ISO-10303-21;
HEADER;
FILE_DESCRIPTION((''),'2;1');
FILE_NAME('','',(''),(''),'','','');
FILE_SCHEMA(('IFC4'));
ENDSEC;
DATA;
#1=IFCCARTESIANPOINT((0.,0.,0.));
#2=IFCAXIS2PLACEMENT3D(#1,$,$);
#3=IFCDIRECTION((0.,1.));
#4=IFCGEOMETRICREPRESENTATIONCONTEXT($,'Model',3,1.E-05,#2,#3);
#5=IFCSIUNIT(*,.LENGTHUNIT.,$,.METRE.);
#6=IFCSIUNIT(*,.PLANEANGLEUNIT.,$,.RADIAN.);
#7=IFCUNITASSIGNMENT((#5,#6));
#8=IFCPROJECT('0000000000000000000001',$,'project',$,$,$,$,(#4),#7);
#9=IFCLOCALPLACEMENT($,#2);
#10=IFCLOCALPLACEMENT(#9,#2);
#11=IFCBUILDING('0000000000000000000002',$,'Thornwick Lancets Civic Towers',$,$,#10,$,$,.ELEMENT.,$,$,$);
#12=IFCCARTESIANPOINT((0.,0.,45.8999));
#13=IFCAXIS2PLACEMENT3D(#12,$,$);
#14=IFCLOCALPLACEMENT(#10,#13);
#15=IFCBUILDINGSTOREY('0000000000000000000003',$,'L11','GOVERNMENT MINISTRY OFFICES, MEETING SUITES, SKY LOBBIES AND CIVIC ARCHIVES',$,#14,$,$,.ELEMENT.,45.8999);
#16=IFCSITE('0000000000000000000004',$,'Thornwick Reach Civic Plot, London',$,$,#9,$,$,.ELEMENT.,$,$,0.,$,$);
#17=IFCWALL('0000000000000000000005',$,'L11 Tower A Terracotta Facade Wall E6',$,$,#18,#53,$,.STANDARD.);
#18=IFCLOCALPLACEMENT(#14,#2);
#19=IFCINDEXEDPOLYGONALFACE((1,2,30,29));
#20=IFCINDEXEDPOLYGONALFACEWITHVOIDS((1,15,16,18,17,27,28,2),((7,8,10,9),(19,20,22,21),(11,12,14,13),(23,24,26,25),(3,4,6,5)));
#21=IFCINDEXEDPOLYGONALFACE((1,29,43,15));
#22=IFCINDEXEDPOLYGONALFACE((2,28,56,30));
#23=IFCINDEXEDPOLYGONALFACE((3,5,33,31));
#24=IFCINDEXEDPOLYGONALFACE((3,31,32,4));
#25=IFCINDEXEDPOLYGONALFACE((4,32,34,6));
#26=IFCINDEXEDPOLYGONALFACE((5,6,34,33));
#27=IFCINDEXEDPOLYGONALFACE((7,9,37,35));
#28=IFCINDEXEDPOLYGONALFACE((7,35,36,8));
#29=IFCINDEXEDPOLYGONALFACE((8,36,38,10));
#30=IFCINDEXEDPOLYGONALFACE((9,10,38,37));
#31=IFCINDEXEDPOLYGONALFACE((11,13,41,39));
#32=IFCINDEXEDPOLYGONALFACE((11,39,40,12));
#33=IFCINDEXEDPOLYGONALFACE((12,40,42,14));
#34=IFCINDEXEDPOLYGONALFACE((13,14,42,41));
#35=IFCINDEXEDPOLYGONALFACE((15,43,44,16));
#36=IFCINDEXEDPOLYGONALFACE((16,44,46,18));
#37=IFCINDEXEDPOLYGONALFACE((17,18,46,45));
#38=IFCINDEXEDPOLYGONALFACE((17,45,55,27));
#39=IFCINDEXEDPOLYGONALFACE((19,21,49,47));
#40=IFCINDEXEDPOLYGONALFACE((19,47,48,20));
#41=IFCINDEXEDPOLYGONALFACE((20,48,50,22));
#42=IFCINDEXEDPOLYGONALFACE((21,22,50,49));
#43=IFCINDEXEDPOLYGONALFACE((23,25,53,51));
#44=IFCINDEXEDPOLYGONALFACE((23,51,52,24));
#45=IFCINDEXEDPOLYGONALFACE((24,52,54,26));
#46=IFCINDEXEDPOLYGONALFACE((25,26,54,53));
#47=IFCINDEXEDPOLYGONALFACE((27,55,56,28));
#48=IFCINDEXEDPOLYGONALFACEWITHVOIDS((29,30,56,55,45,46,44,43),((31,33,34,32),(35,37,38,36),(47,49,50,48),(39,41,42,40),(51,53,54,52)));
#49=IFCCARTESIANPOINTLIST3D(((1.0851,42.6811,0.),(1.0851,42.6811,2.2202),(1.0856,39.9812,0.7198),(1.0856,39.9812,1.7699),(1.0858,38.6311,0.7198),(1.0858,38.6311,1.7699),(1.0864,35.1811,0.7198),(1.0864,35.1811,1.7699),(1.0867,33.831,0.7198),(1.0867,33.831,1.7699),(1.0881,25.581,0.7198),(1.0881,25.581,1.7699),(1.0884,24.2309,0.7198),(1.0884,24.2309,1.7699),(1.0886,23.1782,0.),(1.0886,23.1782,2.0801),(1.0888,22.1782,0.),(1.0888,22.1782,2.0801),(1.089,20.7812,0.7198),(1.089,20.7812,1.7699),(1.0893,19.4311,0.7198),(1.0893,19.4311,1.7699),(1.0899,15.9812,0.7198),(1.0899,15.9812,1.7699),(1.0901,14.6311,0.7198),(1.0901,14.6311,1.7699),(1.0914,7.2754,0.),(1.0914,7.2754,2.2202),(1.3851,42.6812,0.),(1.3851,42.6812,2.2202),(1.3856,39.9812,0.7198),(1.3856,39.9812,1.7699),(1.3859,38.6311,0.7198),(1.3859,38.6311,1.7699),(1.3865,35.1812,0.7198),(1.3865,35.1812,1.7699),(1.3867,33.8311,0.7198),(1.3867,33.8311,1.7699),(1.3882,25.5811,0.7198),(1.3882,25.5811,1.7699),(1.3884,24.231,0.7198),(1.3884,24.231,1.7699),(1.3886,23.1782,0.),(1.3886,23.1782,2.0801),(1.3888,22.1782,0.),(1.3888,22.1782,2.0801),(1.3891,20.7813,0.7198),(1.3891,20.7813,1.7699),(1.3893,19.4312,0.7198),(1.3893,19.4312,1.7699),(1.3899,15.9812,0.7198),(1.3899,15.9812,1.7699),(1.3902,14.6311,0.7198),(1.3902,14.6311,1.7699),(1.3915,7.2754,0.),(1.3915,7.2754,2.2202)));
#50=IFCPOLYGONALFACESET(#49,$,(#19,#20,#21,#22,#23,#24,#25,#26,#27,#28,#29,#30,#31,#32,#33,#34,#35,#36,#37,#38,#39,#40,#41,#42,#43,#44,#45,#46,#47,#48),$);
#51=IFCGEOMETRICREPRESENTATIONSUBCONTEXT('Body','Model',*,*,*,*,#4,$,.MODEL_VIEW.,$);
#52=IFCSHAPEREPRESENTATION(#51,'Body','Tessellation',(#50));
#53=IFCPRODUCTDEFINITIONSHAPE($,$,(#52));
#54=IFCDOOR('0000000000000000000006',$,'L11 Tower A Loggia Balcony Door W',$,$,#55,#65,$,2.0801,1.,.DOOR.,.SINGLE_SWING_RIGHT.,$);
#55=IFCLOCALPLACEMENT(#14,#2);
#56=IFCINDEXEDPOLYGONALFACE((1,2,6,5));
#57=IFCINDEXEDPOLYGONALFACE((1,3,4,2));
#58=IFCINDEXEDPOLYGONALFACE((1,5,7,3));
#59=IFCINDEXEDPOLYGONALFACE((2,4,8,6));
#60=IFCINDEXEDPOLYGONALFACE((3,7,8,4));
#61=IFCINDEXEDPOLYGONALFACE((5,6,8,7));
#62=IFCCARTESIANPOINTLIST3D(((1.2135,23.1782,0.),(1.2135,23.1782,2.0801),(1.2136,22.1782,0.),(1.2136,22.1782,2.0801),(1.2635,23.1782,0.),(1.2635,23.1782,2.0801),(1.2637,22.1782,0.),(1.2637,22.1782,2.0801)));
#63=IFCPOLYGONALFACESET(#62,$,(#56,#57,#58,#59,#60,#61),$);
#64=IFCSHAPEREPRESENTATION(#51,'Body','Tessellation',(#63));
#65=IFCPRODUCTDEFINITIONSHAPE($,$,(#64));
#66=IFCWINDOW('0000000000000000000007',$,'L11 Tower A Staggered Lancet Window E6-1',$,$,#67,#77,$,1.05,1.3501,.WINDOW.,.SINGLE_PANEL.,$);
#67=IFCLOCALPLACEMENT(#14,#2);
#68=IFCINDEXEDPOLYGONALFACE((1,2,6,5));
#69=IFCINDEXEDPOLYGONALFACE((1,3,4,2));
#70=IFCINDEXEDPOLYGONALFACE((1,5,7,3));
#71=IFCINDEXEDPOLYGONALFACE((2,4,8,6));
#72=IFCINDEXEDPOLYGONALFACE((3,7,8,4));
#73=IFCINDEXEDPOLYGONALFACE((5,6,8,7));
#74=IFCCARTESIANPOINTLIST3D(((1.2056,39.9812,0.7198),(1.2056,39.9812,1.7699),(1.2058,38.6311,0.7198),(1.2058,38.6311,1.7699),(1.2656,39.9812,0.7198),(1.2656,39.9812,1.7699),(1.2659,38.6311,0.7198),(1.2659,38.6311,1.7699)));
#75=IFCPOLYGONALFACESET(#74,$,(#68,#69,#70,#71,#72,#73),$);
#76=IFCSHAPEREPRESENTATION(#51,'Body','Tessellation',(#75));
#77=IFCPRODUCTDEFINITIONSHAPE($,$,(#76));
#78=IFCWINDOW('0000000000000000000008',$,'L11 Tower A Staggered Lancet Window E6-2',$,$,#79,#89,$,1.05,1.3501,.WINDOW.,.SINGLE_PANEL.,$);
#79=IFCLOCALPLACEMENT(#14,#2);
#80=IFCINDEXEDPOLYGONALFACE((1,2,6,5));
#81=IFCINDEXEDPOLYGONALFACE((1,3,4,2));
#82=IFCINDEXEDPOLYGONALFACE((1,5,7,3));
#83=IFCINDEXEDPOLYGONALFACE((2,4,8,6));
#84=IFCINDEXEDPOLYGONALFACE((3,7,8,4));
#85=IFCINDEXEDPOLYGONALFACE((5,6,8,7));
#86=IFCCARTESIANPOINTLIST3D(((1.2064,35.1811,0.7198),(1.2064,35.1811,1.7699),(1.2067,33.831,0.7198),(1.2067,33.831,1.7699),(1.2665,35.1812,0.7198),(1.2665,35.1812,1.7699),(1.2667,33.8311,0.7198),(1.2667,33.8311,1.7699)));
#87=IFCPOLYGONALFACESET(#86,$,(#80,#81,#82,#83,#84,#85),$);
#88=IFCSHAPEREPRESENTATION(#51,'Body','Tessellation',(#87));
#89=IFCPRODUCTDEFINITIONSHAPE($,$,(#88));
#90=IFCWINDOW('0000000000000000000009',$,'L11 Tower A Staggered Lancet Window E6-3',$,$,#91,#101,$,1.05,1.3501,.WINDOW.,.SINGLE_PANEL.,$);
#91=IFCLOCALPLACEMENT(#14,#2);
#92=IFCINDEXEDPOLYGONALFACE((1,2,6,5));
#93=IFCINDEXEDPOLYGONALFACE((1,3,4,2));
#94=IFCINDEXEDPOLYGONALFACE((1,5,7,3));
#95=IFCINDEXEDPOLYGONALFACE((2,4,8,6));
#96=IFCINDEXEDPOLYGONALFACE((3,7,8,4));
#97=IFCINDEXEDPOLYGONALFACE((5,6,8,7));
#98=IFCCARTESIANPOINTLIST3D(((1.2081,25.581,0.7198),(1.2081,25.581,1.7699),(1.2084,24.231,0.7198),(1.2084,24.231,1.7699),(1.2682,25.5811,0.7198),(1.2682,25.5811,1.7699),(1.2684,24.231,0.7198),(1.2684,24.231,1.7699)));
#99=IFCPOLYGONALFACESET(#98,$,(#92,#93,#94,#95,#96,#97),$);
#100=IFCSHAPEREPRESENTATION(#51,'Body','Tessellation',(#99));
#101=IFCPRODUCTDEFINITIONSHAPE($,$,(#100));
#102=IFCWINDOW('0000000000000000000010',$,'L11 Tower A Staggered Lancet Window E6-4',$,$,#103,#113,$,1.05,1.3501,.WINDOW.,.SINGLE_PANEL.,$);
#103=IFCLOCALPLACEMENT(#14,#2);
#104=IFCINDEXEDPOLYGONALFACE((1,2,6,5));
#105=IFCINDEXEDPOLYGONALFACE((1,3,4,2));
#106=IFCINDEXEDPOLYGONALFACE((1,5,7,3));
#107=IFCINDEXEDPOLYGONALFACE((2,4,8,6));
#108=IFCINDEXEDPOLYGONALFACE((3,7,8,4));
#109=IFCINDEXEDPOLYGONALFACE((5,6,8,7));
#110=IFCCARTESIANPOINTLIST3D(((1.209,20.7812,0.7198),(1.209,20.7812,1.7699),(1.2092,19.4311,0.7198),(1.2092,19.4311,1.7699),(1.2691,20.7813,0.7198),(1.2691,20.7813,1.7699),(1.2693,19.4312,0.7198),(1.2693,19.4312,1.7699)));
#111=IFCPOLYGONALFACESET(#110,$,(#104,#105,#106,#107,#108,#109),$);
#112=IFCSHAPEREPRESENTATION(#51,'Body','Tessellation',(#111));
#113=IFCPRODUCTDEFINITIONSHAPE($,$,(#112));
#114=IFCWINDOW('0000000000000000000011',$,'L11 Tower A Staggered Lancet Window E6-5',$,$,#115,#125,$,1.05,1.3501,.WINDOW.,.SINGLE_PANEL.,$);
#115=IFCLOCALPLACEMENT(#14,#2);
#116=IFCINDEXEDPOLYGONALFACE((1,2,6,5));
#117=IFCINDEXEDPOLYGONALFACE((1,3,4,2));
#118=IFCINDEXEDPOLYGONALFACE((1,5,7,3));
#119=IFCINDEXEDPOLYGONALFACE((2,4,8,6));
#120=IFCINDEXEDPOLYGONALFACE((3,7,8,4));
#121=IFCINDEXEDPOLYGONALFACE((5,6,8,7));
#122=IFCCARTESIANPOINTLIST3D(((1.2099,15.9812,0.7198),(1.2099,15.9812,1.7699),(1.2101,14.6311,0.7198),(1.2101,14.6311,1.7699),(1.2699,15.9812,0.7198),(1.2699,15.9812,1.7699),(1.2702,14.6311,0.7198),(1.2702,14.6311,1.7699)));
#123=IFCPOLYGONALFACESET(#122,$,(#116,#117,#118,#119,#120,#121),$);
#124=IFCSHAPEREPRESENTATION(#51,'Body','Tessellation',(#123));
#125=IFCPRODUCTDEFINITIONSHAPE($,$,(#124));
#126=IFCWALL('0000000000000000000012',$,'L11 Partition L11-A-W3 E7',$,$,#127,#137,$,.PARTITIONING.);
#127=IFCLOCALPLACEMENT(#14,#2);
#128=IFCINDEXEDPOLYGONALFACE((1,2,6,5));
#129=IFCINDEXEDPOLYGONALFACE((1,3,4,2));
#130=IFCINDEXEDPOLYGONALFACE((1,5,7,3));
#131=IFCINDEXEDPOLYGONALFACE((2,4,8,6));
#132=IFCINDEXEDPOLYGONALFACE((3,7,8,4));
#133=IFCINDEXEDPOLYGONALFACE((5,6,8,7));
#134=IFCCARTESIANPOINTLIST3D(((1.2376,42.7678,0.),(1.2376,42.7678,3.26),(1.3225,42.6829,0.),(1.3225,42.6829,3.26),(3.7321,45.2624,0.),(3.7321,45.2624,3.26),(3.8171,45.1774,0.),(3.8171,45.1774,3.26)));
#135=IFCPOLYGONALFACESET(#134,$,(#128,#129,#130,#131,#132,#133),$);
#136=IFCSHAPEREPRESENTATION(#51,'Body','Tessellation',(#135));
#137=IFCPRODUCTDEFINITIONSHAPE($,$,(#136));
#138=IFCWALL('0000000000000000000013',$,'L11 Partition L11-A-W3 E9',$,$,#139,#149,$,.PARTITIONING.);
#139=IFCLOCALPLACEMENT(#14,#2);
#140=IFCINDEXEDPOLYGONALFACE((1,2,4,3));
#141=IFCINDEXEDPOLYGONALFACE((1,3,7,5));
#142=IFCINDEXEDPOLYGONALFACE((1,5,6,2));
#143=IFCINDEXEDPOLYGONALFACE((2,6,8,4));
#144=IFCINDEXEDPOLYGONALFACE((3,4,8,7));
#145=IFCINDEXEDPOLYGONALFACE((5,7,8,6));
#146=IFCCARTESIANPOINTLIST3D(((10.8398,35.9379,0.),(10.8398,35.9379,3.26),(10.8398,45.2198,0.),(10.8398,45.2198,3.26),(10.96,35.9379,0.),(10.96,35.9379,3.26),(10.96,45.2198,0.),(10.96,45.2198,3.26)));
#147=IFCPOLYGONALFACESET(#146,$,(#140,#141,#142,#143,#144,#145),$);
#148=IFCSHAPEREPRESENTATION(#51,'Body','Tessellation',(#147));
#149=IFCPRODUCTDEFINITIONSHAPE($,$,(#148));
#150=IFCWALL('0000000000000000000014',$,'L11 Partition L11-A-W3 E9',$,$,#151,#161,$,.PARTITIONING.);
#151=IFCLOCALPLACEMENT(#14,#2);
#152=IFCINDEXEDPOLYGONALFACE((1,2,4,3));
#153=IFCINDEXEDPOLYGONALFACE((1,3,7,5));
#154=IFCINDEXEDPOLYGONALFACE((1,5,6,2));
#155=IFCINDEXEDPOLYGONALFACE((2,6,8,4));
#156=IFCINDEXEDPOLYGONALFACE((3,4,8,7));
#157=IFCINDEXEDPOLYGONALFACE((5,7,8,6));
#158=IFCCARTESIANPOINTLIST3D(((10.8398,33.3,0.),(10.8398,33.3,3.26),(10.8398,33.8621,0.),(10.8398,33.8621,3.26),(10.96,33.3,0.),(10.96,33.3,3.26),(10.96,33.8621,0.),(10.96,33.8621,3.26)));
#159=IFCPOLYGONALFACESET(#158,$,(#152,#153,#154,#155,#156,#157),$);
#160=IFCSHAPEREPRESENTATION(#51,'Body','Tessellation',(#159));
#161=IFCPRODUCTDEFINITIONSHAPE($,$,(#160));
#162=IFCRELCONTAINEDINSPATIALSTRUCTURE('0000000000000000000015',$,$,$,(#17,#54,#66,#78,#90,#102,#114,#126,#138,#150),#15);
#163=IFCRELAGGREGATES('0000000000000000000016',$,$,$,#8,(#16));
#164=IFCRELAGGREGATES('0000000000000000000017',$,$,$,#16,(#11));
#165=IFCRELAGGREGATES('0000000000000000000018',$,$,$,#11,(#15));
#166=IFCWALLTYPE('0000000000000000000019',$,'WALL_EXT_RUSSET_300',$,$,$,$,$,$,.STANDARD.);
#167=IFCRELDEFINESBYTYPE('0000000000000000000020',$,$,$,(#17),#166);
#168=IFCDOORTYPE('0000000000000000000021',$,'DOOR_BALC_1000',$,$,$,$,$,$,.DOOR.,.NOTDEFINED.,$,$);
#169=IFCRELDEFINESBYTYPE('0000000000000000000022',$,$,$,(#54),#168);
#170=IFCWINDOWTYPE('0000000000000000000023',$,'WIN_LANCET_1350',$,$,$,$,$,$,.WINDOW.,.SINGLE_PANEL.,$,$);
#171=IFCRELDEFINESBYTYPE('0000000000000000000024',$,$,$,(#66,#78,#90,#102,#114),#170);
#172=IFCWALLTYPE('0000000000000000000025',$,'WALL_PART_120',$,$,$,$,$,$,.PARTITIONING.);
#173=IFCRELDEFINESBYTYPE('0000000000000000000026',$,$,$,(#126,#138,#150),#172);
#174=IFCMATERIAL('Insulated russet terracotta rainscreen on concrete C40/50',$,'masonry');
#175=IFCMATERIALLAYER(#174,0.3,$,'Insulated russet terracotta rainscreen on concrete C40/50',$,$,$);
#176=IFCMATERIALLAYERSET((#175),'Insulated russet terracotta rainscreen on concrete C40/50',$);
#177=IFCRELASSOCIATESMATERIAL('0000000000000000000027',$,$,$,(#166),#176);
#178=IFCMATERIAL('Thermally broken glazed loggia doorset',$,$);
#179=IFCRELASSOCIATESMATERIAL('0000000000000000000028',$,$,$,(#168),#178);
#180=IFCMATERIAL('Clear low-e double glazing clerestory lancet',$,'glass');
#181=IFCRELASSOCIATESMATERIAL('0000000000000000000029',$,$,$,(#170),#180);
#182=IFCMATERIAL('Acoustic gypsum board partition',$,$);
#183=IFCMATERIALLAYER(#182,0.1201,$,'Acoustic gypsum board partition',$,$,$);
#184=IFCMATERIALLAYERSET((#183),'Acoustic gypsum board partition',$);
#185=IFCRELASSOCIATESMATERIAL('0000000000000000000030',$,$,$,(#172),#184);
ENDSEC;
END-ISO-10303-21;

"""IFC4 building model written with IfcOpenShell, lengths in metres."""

from ifc_helpers import new_model, si_unit, direction, frame, frame_2d, origin, place, context, subcontext, project, spatial, rectangle, extrude, material, layer, layer_set, type_object, element, fill, save


model = new_model("IFC4")

# Units and contexts
model_context = context("Model", 3, precision=1e-05, world=origin(), true_north=direction((0.0, 1.0)))
body_context = subcontext(model_context, "Body", "Model", "MODEL_VIEW")
ifc_project = project(units=[si_unit("LENGTHUNIT", "METRE"), si_unit("PLANEANGLEUNIT", "RADIAN")], contexts=[model_context])

# Site, building, storey
site_placement = place(None, origin())
site = spatial("IfcSite", under=ifc_project, at=site_placement, Name="Thornwick Reach Civic Plot, London", CompositionType="ELEMENT", RefElevation=0.0)
building_placement = place(site_placement, origin())
building = spatial("IfcBuilding", under=site, at=building_placement, Name="Thornwick Lancets Civic Towers", CompositionType="ELEMENT")
storey_placement = place(building_placement, frame((0.0, 0.0, 45.8999)))
storey = spatial("IfcBuildingStorey", under=building, at=storey_placement, Name="L11", Description="GOVERNMENT MINISTRY OFFICES, MEETING SUITES, SKY LOBBIES AND CIVIC ARCHIVES", CompositionType="ELEMENT", Elevation=45.8999)

# Wall, openings, door, windows
ifc_material_1 = material(Name="Insulated russet terracotta rainscreen on concrete C40/50", Category="masonry")
ifc_layer_1 = layer(ifc_material_1, 0.3, Name="Insulated russet terracotta rainscreen on concrete C40/50")
ifc_layer_set_1 = layer_set([ifc_layer_1], Name="Insulated russet terracotta rainscreen on concrete C40/50")
wall_type_1 = type_object("IfcWallType", Name="WALL_EXT_RUSSET_300", PredefinedType="STANDARD", material=ifc_layer_set_1)
wall_1_placement = place(storey_placement, frame((1.2351, 42.6812, 0.0), z_axis=(0.0, 0.0, 1.0), x_axis=(0.000179, -1.0, 0.0)))
wall_1 = element("IfcWall", 1, at=wall_1_placement, inside=storey, type_object=wall_type_1, Name="L11 Tower A Terracotta Facade Wall E6", PredefinedType="STANDARD", context=body_context, shape_type="SweptSolid", body=[
    extrude(rectangle(XDim=35.4058, YDim=0.3, at=frame_2d((17.7029, 0.0))), origin(), (0.0, 0.0, 1.0), 2.2202),
])
opening_1_placement = place(wall_1_placement, frame((19.5029, 0.0, 0.0)))
opening_1 = element("IfcOpeningElement", 2, at=opening_1_placement, cuts=wall_1, PredefinedType="OPENING", context=body_context, shape_type="SweptSolid", body=[
    extrude(rectangle(XDim=1.0, YDim=2.0801, at=frame_2d((0.5, 1.04))), frame((0.0, 0.1602, 0.0), z_axis=(0.0, -1.0, 0.0), x_axis=(1.0, 0.0, 0.0)), (0.0, 0.0, 1.0), 0.3201),
])
opening_2_placement = place(wall_1_placement, frame((2.7, 0.0, 0.72)))
opening_2 = element("IfcOpeningElement", 3, at=opening_2_placement, cuts=wall_1, PredefinedType="OPENING", context=body_context, shape_type="SweptSolid", body=[
    extrude(rectangle(XDim=1.3501, YDim=1.05, at=frame_2d((0.675, 0.5249))), frame((0.0, 0.1602, 0.0), z_axis=(0.0, -1.0, 0.0), x_axis=(1.0, 0.0, 0.0)), (0.0, 0.0, 1.0), 0.3201),
])
opening_3_placement = place(wall_1_placement, frame((7.5, 0.0, 0.72)))
opening_3 = element("IfcOpeningElement", 4, at=opening_3_placement, cuts=wall_1, PredefinedType="OPENING", context=body_context, shape_type="SweptSolid", body=[
    extrude(rectangle(XDim=1.3501, YDim=1.05, at=frame_2d((0.675, 0.5249))), frame((0.0, 0.1602, 0.0), z_axis=(0.0, -1.0, 0.0), x_axis=(1.0, 0.0, 0.0)), (0.0, 0.0, 1.0), 0.3201),
])
opening_4_placement = place(wall_1_placement, frame((17.1001, 0.0, 0.72)))
opening_4 = element("IfcOpeningElement", 5, at=opening_4_placement, cuts=wall_1, PredefinedType="OPENING", context=body_context, shape_type="SweptSolid", body=[
    extrude(rectangle(XDim=1.3501, YDim=1.05, at=frame_2d((0.675, 0.5249))), frame((0.0, 0.1602, 0.0), z_axis=(0.0, -1.0, 0.0), x_axis=(1.0, 0.0, 0.0)), (0.0, 0.0, 1.0), 0.3201),
])
opening_5_placement = place(wall_1_placement, frame((21.8999, 0.0, 0.72)))
opening_5 = element("IfcOpeningElement", 6, at=opening_5_placement, cuts=wall_1, PredefinedType="OPENING", context=body_context, shape_type="SweptSolid", body=[
    extrude(rectangle(XDim=1.3501, YDim=1.05, at=frame_2d((0.675, 0.5249))), frame((0.0, 0.1602, 0.0), z_axis=(0.0, -1.0, 0.0), x_axis=(1.0, 0.0, 0.0)), (0.0, 0.0, 1.0), 0.3201),
])
opening_6_placement = place(wall_1_placement, frame((26.7, 0.0, 0.72)))
opening_6 = element("IfcOpeningElement", 7, at=opening_6_placement, cuts=wall_1, PredefinedType="OPENING", context=body_context, shape_type="SweptSolid", body=[
    extrude(rectangle(XDim=1.3501, YDim=1.05, at=frame_2d((0.675, 0.5249))), frame((0.0, 0.1602, 0.0), z_axis=(0.0, -1.0, 0.0), x_axis=(1.0, 0.0, 0.0)), (0.0, 0.0, 1.0), 0.3201),
])
ifc_material_2 = material(Name="Thermally broken glazed loggia doorset")
door_type = type_object("IfcDoorType", Name="DOOR_BALC_1000", OperationType="NOTDEFINED", PredefinedType="DOOR", material=ifc_material_2)
door_placement = place(opening_1_placement, origin())
door = element("IfcDoor", 8, at=door_placement, inside=storey, type_object=door_type, Name="L11 Tower A Loggia Balcony Door W", OperationType="SINGLE_SWING_RIGHT", OverallHeight=2.0801, OverallWidth=1.0, PredefinedType="DOOR", context=body_context, shape_type="SweptSolid", body=[
    extrude(rectangle(XDim=1.0, YDim=2.0801, at=frame_2d((0.5, 1.04))), frame((0.0, 0.0249, 0.0), z_axis=(0.0, -1.0, 0.0), x_axis=(1.0, 0.0, 0.0)), (0.0, 0.0, 1.0), 0.05),
])
fill(opening_1, door)
ifc_material_3 = material(Name="Clear low-e double glazing clerestory lancet", Category="glass")
window_type = type_object("IfcWindowType", Name="WIN_LANCET_1350", PartitioningType="SINGLE_PANEL", PredefinedType="WINDOW", material=ifc_material_3)
window_1_placement = place(opening_2_placement, origin())
window_1 = element("IfcWindow", 9, at=window_1_placement, inside=storey, type_object=window_type, Name="L11 Tower A Staggered Lancet Window E6-1", OverallHeight=1.05, OverallWidth=1.3501, PartitioningType="SINGLE_PANEL", PredefinedType="WINDOW", context=body_context, shape_type="SweptSolid", body=[
    extrude(rectangle(XDim=1.3501, YDim=1.05, at=frame_2d((0.675, 0.5249))), frame((0.0, 0.03, 0.0), z_axis=(0.0, -1.0, 0.0), x_axis=(1.0, 0.0, 0.0)), (0.0, 0.0, 1.0), 0.0601),
])
fill(opening_2, window_1)
window_2_placement = place(opening_3_placement, origin())
window_2 = element("IfcWindow", 10, at=window_2_placement, inside=storey, type_object=window_type, Name="L11 Tower A Staggered Lancet Window E6-2", OverallHeight=1.05, OverallWidth=1.3501, PartitioningType="SINGLE_PANEL", PredefinedType="WINDOW", context=body_context, shape_type="SweptSolid", body=[
    extrude(rectangle(XDim=1.3501, YDim=1.05, at=frame_2d((0.675, 0.5249))), frame((0.0, 0.03, 0.0), z_axis=(0.0, -1.0, 0.0), x_axis=(1.0, 0.0, 0.0)), (0.0, 0.0, 1.0), 0.0601),
])
fill(opening_3, window_2)
window_3_placement = place(opening_4_placement, origin())
window_3 = element("IfcWindow", 11, at=window_3_placement, inside=storey, type_object=window_type, Name="L11 Tower A Staggered Lancet Window E6-3", OverallHeight=1.05, OverallWidth=1.3501, PartitioningType="SINGLE_PANEL", PredefinedType="WINDOW", context=body_context, shape_type="SweptSolid", body=[
    extrude(rectangle(XDim=1.3501, YDim=1.05, at=frame_2d((0.675, 0.5249))), frame((0.0, 0.03, 0.0), z_axis=(0.0, -1.0, 0.0), x_axis=(1.0, 0.0, 0.0)), (0.0, 0.0, 1.0), 0.0601),
])
fill(opening_4, window_3)
window_4_placement = place(opening_5_placement, origin())
window_4 = element("IfcWindow", 12, at=window_4_placement, inside=storey, type_object=window_type, Name="L11 Tower A Staggered Lancet Window E6-4", OverallHeight=1.05, OverallWidth=1.3501, PartitioningType="SINGLE_PANEL", PredefinedType="WINDOW", context=body_context, shape_type="SweptSolid", body=[
    extrude(rectangle(XDim=1.3501, YDim=1.05, at=frame_2d((0.675, 0.5249))), frame((0.0, 0.03, 0.0), z_axis=(0.0, -1.0, 0.0), x_axis=(1.0, 0.0, 0.0)), (0.0, 0.0, 1.0), 0.0601),
])
fill(opening_5, window_4)
window_5_placement = place(opening_6_placement, origin())
window_5 = element("IfcWindow", 13, at=window_5_placement, inside=storey, type_object=window_type, Name="L11 Tower A Staggered Lancet Window E6-5", OverallHeight=1.05, OverallWidth=1.3501, PartitioningType="SINGLE_PANEL", PredefinedType="WINDOW", context=body_context, shape_type="SweptSolid", body=[
    extrude(rectangle(XDim=1.3501, YDim=1.05, at=frame_2d((0.675, 0.5249))), frame((0.0, 0.03, 0.0), z_axis=(0.0, -1.0, 0.0), x_axis=(1.0, 0.0, 0.0)), (0.0, 0.0, 1.0), 0.0601),
])
fill(opening_6, window_5)

# Walls
ifc_material_4 = material(Name="Acoustic gypsum board partition")
ifc_layer_2 = layer(ifc_material_4, 0.1201, Name="Acoustic gypsum board partition")
ifc_layer_set_2 = layer_set([ifc_layer_2], Name="Acoustic gypsum board partition")
wall_type_2 = type_object("IfcWallType", Name="WALL_PART_120", PredefinedType="PARTITIONING", material=ifc_layer_set_2)
wall_2_placement = place(storey_placement, frame((1.28, 42.7253, 0.0), z_axis=(0.0, 0.0, 1.0), x_axis=(0.707107, 0.707107, 0.0)))
element("IfcWall", 14, at=wall_2_placement, inside=storey, type_object=wall_type_2, Name="L11 Partition L11-A-W3 E7", PredefinedType="PARTITIONING", context=body_context, shape_type="SweptSolid", body=[
    extrude(rectangle(XDim=3.5278, YDim=0.1201, at=frame_2d((1.7639, 0.0))), origin(), (0.0, 0.0, 1.0), 3.26),
])
wall_3_placement = place(storey_placement, frame((10.8999, 45.22, 0.0), z_axis=(0.0, 0.0, 1.0), x_axis=(0.0, -1.0, 0.0)))
element("IfcWall", 15, at=wall_3_placement, inside=storey, type_object=wall_type_2, Name="L11 Partition L11-A-W3 E9", PredefinedType="PARTITIONING", context=body_context, shape_type="SweptSolid", body=[
    extrude(rectangle(XDim=9.282, YDim=0.1201, at=frame_2d((4.6411, 0.0))), origin(), (0.0, 0.0, 1.0), 3.26),
])
wall_4_placement = place(storey_placement, frame((10.8999, 33.8621, 0.0), z_axis=(0.0, 0.0, 1.0), x_axis=(0.0, -1.0, 0.0)))
element("IfcWall", 16, at=wall_4_placement, inside=storey, type_object=wall_type_2, Name="L11 Partition L11-A-W3 E9", PredefinedType="PARTITIONING", context=body_context, shape_type="SweptSolid", body=[
    extrude(rectangle(XDim=0.562, YDim=0.1201, at=frame_2d((0.281, 0.0))), origin(), (0.0, 0.0, 1.0), 3.26),
])

save(model, "model.ifc")
